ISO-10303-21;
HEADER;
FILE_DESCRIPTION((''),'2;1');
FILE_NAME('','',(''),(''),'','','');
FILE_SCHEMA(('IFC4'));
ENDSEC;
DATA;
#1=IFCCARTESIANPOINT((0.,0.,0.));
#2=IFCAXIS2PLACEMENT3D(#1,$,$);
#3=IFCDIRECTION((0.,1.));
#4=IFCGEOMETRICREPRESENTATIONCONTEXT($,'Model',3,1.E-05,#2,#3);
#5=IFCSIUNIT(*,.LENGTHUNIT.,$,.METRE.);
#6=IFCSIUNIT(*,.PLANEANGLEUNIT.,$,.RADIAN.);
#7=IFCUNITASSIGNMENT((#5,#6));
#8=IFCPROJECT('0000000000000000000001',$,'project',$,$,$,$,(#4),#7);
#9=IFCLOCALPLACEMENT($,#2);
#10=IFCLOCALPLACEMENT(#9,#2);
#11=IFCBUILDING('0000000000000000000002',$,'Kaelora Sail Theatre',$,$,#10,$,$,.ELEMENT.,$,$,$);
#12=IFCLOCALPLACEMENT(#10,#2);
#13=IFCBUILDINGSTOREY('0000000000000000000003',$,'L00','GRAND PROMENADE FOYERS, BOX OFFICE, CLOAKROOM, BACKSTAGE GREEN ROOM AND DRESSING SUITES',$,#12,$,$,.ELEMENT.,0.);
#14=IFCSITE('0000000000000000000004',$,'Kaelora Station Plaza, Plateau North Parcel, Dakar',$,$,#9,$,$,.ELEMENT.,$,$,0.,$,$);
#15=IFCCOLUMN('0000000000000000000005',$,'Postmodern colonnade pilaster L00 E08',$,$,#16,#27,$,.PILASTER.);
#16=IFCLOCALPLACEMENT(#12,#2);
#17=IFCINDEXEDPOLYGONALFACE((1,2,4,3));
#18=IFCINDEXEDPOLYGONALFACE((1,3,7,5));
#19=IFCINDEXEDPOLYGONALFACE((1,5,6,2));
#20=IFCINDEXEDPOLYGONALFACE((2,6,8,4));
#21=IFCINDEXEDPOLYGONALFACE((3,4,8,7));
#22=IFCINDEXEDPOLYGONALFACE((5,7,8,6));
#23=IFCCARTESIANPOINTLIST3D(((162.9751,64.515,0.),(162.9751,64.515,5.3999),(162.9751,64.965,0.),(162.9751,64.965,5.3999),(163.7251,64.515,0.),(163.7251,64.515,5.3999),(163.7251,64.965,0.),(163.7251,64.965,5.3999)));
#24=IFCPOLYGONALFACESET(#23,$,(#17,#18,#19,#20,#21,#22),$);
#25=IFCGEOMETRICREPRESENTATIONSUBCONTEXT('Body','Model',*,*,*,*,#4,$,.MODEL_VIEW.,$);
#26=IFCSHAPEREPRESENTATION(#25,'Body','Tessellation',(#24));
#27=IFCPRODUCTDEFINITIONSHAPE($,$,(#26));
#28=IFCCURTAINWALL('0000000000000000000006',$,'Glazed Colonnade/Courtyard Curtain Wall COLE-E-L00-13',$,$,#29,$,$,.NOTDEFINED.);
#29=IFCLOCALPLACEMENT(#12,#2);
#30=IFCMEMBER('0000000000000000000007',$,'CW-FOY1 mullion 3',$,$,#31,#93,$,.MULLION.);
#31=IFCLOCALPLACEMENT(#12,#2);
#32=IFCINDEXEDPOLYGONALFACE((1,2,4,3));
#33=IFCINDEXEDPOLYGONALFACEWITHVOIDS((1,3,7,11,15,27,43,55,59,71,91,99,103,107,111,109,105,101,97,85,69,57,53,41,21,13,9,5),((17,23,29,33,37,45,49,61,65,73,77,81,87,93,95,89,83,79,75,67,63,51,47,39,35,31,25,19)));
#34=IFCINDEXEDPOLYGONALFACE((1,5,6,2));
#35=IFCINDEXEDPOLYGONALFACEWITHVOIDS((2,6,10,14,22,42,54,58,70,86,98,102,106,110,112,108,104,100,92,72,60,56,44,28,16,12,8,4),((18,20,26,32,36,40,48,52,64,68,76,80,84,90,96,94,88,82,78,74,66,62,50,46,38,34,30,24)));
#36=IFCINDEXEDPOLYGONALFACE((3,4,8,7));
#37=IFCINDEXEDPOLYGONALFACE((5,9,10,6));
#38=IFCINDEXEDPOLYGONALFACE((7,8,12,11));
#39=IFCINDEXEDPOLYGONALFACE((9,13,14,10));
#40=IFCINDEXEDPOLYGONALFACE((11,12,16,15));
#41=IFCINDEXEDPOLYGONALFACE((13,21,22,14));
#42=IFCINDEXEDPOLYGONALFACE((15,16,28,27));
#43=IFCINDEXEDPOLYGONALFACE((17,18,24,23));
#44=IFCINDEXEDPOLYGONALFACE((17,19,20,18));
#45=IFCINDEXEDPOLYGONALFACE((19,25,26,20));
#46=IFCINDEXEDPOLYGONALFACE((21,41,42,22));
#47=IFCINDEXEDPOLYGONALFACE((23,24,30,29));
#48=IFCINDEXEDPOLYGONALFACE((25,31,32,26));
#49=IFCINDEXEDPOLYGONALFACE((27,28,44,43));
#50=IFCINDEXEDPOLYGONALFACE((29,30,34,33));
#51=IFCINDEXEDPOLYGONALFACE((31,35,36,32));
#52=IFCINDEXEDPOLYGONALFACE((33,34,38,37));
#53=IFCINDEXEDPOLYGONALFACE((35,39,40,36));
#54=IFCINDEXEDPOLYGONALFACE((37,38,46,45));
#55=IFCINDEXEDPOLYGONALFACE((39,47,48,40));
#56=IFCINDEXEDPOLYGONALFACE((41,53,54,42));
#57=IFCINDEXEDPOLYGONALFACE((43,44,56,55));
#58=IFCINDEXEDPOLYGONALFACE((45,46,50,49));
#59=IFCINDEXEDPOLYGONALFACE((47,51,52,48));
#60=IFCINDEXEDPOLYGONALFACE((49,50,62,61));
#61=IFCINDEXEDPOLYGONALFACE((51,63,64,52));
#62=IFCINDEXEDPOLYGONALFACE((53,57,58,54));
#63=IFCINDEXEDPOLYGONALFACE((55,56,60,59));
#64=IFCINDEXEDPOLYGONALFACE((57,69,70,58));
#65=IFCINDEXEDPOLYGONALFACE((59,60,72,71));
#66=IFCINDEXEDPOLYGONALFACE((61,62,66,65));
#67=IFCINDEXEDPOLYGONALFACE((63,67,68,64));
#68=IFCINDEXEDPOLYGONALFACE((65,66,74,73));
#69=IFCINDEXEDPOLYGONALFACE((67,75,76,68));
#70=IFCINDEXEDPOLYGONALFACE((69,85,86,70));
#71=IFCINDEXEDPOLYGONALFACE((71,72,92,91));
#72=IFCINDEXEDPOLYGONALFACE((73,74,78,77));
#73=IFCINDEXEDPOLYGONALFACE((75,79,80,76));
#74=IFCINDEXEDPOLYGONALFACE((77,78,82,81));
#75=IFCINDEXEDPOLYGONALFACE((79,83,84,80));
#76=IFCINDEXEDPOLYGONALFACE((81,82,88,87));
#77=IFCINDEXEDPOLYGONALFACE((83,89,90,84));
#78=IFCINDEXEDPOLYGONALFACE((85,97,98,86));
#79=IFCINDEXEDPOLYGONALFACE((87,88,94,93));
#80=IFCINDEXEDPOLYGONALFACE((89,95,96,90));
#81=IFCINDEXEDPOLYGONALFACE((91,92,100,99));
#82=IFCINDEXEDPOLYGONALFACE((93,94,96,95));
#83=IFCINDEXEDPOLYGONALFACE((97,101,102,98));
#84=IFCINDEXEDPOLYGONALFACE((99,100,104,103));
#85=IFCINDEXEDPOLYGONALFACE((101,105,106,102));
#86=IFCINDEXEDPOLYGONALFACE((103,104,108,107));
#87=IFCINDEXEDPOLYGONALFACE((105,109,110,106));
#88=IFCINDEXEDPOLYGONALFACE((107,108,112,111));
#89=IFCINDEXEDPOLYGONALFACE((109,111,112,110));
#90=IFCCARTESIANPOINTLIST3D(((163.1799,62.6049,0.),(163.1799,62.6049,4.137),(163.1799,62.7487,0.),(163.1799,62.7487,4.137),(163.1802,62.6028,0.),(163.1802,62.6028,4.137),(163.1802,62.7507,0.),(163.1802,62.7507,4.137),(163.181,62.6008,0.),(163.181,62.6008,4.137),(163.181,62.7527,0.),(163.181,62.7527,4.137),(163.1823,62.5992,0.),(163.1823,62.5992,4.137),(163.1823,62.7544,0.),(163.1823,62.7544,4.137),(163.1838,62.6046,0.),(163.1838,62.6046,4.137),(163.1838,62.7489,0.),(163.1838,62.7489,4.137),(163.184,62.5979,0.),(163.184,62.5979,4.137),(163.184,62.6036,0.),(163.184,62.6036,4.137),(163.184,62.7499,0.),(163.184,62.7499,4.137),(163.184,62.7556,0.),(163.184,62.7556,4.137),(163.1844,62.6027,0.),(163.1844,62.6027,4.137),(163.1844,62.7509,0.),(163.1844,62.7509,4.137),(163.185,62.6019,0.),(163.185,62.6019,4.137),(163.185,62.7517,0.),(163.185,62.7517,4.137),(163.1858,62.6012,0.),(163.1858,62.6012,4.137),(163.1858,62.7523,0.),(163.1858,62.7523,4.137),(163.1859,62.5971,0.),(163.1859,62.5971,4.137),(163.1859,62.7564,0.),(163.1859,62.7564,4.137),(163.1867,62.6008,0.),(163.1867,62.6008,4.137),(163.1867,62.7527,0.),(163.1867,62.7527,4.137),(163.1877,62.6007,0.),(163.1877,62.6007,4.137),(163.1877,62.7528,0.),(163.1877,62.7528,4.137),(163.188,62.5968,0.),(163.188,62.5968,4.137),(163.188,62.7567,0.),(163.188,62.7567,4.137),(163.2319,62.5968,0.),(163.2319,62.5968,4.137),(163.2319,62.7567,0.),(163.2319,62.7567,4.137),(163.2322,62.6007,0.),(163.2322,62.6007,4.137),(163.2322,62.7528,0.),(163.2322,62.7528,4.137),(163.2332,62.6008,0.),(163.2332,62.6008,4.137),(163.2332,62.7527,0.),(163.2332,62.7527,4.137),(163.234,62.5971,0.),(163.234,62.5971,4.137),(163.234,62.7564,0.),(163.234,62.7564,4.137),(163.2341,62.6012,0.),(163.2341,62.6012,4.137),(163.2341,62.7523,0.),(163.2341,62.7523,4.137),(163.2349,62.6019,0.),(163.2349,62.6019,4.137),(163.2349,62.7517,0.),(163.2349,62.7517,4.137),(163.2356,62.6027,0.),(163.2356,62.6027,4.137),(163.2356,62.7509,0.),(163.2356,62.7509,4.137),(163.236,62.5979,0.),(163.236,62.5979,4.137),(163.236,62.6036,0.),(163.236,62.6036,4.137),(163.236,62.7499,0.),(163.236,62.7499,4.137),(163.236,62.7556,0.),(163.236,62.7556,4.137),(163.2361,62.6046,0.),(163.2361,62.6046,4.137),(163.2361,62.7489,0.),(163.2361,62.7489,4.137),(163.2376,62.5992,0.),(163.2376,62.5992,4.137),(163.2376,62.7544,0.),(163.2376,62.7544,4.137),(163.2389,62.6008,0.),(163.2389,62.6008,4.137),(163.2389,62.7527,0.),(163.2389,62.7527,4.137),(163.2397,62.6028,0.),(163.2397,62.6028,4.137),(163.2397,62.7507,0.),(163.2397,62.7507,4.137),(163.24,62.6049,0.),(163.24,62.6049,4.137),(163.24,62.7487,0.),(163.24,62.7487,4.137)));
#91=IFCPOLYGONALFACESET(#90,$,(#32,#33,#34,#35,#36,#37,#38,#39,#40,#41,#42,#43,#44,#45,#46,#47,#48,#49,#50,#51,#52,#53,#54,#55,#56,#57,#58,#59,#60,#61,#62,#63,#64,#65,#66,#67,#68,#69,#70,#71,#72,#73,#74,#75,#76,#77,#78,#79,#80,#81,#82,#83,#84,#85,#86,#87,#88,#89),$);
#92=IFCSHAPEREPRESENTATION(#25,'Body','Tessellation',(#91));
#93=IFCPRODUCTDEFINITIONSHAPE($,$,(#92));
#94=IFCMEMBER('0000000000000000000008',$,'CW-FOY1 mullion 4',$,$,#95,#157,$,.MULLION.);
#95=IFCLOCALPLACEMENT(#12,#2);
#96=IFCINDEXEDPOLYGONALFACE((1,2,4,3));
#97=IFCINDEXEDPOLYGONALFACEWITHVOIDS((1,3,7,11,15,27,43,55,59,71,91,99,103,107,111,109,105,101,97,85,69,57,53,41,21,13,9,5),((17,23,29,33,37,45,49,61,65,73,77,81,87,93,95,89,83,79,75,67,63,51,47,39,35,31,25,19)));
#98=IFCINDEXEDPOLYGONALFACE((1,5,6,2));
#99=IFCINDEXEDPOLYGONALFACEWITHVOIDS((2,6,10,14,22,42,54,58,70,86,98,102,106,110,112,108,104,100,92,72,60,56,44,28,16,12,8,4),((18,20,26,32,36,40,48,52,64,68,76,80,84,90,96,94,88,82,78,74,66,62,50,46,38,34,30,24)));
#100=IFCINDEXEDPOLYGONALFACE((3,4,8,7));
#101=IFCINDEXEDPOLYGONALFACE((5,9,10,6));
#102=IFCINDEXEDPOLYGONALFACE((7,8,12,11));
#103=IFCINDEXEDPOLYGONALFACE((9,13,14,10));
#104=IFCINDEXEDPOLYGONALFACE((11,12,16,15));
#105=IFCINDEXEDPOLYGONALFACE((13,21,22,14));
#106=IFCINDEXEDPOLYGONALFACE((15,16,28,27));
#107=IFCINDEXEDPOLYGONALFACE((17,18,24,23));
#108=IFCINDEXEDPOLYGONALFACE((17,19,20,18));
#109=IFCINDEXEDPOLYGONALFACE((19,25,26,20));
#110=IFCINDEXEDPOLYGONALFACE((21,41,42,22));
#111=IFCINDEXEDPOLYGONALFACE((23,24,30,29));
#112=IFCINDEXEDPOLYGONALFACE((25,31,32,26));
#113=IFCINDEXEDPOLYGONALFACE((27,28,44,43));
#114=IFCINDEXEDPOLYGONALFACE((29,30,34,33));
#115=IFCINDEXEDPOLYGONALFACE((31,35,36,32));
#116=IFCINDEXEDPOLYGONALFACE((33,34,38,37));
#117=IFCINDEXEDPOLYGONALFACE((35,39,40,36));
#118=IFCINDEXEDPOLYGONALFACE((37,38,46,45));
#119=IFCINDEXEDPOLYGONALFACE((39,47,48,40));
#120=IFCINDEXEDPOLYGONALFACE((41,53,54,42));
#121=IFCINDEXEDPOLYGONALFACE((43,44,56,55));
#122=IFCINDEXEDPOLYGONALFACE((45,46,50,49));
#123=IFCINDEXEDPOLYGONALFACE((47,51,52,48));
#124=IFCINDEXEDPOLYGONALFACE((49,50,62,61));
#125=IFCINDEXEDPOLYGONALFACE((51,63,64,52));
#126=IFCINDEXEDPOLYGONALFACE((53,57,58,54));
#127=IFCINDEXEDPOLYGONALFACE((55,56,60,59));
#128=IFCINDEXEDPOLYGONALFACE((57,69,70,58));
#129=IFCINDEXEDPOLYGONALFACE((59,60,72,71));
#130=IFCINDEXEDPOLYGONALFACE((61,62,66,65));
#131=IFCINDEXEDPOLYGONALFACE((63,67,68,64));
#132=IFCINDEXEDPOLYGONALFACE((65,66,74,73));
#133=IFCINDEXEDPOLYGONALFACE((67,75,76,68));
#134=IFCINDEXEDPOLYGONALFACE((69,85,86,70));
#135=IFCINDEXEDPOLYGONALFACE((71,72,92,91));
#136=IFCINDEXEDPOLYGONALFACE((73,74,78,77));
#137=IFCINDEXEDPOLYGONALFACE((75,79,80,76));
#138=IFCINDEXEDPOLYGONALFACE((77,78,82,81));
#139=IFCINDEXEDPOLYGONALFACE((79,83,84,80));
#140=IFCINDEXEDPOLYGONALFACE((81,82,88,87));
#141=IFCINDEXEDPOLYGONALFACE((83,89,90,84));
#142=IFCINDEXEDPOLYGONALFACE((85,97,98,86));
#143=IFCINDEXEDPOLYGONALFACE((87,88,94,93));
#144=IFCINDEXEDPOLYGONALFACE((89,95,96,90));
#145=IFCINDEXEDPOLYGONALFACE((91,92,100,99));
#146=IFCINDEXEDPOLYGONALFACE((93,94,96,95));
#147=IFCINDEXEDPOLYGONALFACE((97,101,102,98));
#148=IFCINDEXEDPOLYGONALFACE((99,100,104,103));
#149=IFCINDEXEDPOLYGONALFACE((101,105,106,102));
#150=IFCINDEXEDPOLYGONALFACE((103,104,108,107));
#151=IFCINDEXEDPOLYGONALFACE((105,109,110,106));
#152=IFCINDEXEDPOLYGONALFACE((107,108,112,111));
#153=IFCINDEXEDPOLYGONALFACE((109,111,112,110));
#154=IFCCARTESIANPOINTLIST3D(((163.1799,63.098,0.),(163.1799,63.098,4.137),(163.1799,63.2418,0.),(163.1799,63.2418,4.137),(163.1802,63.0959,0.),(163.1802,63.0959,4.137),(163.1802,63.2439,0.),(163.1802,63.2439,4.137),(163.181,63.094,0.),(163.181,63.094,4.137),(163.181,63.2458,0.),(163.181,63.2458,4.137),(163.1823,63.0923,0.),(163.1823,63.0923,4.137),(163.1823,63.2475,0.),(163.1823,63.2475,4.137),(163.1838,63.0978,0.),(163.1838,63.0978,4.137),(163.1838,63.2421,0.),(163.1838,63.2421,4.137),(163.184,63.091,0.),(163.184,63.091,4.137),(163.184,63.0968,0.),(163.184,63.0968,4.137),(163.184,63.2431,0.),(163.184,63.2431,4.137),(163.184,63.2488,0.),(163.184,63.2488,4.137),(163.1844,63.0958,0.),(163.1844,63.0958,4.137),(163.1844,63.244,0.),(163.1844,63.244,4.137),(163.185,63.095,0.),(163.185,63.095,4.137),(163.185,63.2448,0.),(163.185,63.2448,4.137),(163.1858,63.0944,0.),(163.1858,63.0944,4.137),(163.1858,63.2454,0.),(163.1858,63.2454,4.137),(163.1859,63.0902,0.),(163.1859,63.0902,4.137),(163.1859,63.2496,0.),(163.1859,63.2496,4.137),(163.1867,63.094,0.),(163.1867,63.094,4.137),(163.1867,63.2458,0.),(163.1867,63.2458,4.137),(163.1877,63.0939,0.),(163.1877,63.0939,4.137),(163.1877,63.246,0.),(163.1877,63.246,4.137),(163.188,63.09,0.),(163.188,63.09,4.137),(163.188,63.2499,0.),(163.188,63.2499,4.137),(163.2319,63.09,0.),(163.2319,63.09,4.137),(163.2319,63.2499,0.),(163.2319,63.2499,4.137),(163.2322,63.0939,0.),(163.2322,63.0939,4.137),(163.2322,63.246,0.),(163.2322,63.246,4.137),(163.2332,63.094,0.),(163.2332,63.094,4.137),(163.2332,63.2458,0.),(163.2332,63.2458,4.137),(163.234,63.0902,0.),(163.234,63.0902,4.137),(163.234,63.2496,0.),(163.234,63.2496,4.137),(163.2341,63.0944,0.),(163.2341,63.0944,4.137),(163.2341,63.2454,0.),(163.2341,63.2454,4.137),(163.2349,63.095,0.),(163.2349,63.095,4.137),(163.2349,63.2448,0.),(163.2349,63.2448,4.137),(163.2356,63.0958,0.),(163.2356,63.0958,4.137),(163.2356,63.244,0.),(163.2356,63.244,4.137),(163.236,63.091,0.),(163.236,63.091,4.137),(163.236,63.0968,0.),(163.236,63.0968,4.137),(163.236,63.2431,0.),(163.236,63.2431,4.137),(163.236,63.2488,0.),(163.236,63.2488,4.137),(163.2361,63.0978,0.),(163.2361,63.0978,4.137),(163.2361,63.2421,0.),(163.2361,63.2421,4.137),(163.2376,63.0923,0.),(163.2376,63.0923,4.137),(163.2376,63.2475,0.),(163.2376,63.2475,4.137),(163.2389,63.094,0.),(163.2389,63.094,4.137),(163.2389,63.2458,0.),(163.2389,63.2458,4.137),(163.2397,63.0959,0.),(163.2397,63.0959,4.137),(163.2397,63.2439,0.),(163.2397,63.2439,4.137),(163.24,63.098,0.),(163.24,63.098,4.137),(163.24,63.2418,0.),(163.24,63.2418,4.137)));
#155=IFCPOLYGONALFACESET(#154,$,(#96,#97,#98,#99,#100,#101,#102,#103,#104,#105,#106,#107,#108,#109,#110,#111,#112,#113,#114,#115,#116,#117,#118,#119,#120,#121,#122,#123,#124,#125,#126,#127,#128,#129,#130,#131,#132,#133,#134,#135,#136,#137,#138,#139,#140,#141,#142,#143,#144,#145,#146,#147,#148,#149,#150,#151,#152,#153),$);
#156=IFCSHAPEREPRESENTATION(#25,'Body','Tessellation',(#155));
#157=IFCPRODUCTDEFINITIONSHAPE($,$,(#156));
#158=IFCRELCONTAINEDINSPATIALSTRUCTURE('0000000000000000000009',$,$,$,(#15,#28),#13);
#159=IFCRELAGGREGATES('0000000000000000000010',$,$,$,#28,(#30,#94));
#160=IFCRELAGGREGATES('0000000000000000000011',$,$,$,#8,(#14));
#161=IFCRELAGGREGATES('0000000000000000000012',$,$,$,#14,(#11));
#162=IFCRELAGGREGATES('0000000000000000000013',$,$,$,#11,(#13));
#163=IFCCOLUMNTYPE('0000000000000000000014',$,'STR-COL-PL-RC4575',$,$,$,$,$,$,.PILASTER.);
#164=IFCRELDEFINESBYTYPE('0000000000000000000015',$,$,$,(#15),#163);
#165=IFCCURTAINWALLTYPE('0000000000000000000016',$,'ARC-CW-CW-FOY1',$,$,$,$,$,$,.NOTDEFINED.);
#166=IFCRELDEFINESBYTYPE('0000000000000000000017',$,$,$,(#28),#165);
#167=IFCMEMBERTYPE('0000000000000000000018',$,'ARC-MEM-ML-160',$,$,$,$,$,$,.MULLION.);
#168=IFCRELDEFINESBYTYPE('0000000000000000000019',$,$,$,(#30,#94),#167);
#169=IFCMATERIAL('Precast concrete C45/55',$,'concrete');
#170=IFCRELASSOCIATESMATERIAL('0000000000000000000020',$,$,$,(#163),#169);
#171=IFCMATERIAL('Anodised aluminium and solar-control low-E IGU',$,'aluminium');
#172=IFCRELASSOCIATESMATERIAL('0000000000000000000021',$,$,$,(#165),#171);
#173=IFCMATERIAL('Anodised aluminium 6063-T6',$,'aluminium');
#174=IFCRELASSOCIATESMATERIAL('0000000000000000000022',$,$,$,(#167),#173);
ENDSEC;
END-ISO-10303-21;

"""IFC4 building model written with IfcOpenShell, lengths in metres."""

from ifc_helpers import new_model, si_unit, direction, frame, origin, origin_2d, place, context, subcontext, project, spatial, rectangle, hollow_rectangle, extrude, material, material_profile, profile_set, type_object, element, aggregate, save


model = new_model("IFC4")

# Units and contexts
model_context = context("Model", 3, precision=1e-05, world=origin(), true_north=direction((0.0, 1.0)))
body_context = subcontext(model_context, "Body", "Model", "MODEL_VIEW")
ifc_project = project(units=[si_unit("LENGTHUNIT", "METRE"), si_unit("PLANEANGLEUNIT", "RADIAN")], contexts=[model_context])

# Site, building, storey
site_placement = place(None, origin())
site = spatial("IfcSite", under=ifc_project, at=site_placement, Name="Kaelora Station Plaza, Plateau North Parcel, Dakar", CompositionType="ELEMENT", RefElevation=0.0)
building_placement = place(site_placement, origin())
building = spatial("IfcBuilding", under=site, at=building_placement, Name="Kaelora Sail Theatre", CompositionType="ELEMENT")
storey_placement = place(building_placement, origin())
storey = spatial("IfcBuildingStorey", under=building, at=storey_placement, Name="L00", Description="GRAND PROMENADE FOYERS, BOX OFFICE, CLOAKROOM, BACKSTAGE GREEN ROOM AND DRESSING SUITES", CompositionType="ELEMENT", Elevation=0.0)

# Column
ifc_material_1 = material(Name="Precast concrete C45/55", Category="concrete")
ifc_material_profile_1 = material_profile(ifc_material_1, rectangle(XDim=0.45, YDim=0.75, at=origin_2d()), Name="RC-PIL 450x750")
ifc_profile_set_1 = profile_set([ifc_material_profile_1], Name="Precast concrete C45/55")
column_type = type_object("IfcColumnType", Name="STR-COL-PL-RC4575", PredefinedType="PILASTER", material=ifc_profile_set_1)
column_placement = place(storey_placement, frame((163.3501, 64.74, 0.0), z_axis=(0.0, 0.0, 1.0), x_axis=(0.0, 1.0, 0.0)))
element("IfcColumn", 1, at=column_placement, inside=storey, type_object=column_type, Name="Postmodern colonnade pilaster L00 E08", PredefinedType="PILASTER", context=body_context, shape_type="SweptSolid", body=[
    extrude(rectangle(XDim=0.45, YDim=0.75, at=origin_2d()), origin(), (0.0, 0.0, 1.0), 5.3999),
])

# Curtain wall, members
ifc_material_2 = material(Name="Anodised aluminium and solar-control low-E IGU", Category="aluminium")
curtain_wall_type = type_object("IfcCurtainWallType", Name="ARC-CW-CW-FOY1", PredefinedType="NOTDEFINED", material=ifc_material_2)
curtain_wall_1_placement = place(storey_placement, origin())
curtain_wall_1 = element("IfcCurtainWall", 2, at=curtain_wall_1_placement, inside=storey, type_object=curtain_wall_type, Name="Glazed Colonnade/Courtyard Curtain Wall COLE-E-L00-13", PredefinedType="NOTDEFINED")
ifc_material_3 = material(Name="Anodised aluminium 6063-T6", Category="aluminium")
ifc_material_profile_2 = material_profile(ifc_material_3, hollow_rectangle(XDim=0.0601, YDim=0.1599, WallThickness=0.0039, InnerFilletRadius=0.0039, OuterFilletRadius=0.0081, at=origin_2d()), Name="ALU-MULL 60x160x4")
ifc_profile_set_2 = profile_set([ifc_material_profile_2], Name="Anodised aluminium 6063-T6")
member_type_1 = type_object("IfcMemberType", Name="ARC-MEM-ML-160", PredefinedType="MULLION", material=ifc_profile_set_2)
member_1_placement = place(storey_placement, frame((163.21, 62.6768, 0.0), z_axis=(0.0, 0.0, 1.0), x_axis=(-1.0, 0.0, 0.0)))
member_1 = element("IfcMember", 3, at=member_1_placement, type_object=member_type_1, Name="CW-FOY1 mullion 3", PredefinedType="MULLION", context=body_context, shape_type="SweptSolid", body=[
    extrude(hollow_rectangle(XDim=0.0601, YDim=0.1599, WallThickness=0.0039, InnerFilletRadius=0.0039, OuterFilletRadius=0.0081, at=origin_2d()), origin(), (0.0, 0.0, 1.0), 4.137),
])
member_2_placement = place(storey_placement, frame((163.21, 63.1699, 0.0), z_axis=(0.0, 0.0, 1.0), x_axis=(-1.0, 0.0, 0.0)))
member_2 = element("IfcMember", 4, at=member_2_placement, type_object=member_type_1, Name="CW-FOY1 mullion 4", PredefinedType="MULLION", context=body_context, shape_type="SweptSolid", body=[
    extrude(hollow_rectangle(XDim=0.0601, YDim=0.1599, WallThickness=0.0039, InnerFilletRadius=0.0039, OuterFilletRadius=0.0081, at=origin_2d()), origin(), (0.0, 0.0, 1.0), 4.137),
])

aggregate(curtain_wall_1, [member_1, member_2])

save(model, "model.ifc")
